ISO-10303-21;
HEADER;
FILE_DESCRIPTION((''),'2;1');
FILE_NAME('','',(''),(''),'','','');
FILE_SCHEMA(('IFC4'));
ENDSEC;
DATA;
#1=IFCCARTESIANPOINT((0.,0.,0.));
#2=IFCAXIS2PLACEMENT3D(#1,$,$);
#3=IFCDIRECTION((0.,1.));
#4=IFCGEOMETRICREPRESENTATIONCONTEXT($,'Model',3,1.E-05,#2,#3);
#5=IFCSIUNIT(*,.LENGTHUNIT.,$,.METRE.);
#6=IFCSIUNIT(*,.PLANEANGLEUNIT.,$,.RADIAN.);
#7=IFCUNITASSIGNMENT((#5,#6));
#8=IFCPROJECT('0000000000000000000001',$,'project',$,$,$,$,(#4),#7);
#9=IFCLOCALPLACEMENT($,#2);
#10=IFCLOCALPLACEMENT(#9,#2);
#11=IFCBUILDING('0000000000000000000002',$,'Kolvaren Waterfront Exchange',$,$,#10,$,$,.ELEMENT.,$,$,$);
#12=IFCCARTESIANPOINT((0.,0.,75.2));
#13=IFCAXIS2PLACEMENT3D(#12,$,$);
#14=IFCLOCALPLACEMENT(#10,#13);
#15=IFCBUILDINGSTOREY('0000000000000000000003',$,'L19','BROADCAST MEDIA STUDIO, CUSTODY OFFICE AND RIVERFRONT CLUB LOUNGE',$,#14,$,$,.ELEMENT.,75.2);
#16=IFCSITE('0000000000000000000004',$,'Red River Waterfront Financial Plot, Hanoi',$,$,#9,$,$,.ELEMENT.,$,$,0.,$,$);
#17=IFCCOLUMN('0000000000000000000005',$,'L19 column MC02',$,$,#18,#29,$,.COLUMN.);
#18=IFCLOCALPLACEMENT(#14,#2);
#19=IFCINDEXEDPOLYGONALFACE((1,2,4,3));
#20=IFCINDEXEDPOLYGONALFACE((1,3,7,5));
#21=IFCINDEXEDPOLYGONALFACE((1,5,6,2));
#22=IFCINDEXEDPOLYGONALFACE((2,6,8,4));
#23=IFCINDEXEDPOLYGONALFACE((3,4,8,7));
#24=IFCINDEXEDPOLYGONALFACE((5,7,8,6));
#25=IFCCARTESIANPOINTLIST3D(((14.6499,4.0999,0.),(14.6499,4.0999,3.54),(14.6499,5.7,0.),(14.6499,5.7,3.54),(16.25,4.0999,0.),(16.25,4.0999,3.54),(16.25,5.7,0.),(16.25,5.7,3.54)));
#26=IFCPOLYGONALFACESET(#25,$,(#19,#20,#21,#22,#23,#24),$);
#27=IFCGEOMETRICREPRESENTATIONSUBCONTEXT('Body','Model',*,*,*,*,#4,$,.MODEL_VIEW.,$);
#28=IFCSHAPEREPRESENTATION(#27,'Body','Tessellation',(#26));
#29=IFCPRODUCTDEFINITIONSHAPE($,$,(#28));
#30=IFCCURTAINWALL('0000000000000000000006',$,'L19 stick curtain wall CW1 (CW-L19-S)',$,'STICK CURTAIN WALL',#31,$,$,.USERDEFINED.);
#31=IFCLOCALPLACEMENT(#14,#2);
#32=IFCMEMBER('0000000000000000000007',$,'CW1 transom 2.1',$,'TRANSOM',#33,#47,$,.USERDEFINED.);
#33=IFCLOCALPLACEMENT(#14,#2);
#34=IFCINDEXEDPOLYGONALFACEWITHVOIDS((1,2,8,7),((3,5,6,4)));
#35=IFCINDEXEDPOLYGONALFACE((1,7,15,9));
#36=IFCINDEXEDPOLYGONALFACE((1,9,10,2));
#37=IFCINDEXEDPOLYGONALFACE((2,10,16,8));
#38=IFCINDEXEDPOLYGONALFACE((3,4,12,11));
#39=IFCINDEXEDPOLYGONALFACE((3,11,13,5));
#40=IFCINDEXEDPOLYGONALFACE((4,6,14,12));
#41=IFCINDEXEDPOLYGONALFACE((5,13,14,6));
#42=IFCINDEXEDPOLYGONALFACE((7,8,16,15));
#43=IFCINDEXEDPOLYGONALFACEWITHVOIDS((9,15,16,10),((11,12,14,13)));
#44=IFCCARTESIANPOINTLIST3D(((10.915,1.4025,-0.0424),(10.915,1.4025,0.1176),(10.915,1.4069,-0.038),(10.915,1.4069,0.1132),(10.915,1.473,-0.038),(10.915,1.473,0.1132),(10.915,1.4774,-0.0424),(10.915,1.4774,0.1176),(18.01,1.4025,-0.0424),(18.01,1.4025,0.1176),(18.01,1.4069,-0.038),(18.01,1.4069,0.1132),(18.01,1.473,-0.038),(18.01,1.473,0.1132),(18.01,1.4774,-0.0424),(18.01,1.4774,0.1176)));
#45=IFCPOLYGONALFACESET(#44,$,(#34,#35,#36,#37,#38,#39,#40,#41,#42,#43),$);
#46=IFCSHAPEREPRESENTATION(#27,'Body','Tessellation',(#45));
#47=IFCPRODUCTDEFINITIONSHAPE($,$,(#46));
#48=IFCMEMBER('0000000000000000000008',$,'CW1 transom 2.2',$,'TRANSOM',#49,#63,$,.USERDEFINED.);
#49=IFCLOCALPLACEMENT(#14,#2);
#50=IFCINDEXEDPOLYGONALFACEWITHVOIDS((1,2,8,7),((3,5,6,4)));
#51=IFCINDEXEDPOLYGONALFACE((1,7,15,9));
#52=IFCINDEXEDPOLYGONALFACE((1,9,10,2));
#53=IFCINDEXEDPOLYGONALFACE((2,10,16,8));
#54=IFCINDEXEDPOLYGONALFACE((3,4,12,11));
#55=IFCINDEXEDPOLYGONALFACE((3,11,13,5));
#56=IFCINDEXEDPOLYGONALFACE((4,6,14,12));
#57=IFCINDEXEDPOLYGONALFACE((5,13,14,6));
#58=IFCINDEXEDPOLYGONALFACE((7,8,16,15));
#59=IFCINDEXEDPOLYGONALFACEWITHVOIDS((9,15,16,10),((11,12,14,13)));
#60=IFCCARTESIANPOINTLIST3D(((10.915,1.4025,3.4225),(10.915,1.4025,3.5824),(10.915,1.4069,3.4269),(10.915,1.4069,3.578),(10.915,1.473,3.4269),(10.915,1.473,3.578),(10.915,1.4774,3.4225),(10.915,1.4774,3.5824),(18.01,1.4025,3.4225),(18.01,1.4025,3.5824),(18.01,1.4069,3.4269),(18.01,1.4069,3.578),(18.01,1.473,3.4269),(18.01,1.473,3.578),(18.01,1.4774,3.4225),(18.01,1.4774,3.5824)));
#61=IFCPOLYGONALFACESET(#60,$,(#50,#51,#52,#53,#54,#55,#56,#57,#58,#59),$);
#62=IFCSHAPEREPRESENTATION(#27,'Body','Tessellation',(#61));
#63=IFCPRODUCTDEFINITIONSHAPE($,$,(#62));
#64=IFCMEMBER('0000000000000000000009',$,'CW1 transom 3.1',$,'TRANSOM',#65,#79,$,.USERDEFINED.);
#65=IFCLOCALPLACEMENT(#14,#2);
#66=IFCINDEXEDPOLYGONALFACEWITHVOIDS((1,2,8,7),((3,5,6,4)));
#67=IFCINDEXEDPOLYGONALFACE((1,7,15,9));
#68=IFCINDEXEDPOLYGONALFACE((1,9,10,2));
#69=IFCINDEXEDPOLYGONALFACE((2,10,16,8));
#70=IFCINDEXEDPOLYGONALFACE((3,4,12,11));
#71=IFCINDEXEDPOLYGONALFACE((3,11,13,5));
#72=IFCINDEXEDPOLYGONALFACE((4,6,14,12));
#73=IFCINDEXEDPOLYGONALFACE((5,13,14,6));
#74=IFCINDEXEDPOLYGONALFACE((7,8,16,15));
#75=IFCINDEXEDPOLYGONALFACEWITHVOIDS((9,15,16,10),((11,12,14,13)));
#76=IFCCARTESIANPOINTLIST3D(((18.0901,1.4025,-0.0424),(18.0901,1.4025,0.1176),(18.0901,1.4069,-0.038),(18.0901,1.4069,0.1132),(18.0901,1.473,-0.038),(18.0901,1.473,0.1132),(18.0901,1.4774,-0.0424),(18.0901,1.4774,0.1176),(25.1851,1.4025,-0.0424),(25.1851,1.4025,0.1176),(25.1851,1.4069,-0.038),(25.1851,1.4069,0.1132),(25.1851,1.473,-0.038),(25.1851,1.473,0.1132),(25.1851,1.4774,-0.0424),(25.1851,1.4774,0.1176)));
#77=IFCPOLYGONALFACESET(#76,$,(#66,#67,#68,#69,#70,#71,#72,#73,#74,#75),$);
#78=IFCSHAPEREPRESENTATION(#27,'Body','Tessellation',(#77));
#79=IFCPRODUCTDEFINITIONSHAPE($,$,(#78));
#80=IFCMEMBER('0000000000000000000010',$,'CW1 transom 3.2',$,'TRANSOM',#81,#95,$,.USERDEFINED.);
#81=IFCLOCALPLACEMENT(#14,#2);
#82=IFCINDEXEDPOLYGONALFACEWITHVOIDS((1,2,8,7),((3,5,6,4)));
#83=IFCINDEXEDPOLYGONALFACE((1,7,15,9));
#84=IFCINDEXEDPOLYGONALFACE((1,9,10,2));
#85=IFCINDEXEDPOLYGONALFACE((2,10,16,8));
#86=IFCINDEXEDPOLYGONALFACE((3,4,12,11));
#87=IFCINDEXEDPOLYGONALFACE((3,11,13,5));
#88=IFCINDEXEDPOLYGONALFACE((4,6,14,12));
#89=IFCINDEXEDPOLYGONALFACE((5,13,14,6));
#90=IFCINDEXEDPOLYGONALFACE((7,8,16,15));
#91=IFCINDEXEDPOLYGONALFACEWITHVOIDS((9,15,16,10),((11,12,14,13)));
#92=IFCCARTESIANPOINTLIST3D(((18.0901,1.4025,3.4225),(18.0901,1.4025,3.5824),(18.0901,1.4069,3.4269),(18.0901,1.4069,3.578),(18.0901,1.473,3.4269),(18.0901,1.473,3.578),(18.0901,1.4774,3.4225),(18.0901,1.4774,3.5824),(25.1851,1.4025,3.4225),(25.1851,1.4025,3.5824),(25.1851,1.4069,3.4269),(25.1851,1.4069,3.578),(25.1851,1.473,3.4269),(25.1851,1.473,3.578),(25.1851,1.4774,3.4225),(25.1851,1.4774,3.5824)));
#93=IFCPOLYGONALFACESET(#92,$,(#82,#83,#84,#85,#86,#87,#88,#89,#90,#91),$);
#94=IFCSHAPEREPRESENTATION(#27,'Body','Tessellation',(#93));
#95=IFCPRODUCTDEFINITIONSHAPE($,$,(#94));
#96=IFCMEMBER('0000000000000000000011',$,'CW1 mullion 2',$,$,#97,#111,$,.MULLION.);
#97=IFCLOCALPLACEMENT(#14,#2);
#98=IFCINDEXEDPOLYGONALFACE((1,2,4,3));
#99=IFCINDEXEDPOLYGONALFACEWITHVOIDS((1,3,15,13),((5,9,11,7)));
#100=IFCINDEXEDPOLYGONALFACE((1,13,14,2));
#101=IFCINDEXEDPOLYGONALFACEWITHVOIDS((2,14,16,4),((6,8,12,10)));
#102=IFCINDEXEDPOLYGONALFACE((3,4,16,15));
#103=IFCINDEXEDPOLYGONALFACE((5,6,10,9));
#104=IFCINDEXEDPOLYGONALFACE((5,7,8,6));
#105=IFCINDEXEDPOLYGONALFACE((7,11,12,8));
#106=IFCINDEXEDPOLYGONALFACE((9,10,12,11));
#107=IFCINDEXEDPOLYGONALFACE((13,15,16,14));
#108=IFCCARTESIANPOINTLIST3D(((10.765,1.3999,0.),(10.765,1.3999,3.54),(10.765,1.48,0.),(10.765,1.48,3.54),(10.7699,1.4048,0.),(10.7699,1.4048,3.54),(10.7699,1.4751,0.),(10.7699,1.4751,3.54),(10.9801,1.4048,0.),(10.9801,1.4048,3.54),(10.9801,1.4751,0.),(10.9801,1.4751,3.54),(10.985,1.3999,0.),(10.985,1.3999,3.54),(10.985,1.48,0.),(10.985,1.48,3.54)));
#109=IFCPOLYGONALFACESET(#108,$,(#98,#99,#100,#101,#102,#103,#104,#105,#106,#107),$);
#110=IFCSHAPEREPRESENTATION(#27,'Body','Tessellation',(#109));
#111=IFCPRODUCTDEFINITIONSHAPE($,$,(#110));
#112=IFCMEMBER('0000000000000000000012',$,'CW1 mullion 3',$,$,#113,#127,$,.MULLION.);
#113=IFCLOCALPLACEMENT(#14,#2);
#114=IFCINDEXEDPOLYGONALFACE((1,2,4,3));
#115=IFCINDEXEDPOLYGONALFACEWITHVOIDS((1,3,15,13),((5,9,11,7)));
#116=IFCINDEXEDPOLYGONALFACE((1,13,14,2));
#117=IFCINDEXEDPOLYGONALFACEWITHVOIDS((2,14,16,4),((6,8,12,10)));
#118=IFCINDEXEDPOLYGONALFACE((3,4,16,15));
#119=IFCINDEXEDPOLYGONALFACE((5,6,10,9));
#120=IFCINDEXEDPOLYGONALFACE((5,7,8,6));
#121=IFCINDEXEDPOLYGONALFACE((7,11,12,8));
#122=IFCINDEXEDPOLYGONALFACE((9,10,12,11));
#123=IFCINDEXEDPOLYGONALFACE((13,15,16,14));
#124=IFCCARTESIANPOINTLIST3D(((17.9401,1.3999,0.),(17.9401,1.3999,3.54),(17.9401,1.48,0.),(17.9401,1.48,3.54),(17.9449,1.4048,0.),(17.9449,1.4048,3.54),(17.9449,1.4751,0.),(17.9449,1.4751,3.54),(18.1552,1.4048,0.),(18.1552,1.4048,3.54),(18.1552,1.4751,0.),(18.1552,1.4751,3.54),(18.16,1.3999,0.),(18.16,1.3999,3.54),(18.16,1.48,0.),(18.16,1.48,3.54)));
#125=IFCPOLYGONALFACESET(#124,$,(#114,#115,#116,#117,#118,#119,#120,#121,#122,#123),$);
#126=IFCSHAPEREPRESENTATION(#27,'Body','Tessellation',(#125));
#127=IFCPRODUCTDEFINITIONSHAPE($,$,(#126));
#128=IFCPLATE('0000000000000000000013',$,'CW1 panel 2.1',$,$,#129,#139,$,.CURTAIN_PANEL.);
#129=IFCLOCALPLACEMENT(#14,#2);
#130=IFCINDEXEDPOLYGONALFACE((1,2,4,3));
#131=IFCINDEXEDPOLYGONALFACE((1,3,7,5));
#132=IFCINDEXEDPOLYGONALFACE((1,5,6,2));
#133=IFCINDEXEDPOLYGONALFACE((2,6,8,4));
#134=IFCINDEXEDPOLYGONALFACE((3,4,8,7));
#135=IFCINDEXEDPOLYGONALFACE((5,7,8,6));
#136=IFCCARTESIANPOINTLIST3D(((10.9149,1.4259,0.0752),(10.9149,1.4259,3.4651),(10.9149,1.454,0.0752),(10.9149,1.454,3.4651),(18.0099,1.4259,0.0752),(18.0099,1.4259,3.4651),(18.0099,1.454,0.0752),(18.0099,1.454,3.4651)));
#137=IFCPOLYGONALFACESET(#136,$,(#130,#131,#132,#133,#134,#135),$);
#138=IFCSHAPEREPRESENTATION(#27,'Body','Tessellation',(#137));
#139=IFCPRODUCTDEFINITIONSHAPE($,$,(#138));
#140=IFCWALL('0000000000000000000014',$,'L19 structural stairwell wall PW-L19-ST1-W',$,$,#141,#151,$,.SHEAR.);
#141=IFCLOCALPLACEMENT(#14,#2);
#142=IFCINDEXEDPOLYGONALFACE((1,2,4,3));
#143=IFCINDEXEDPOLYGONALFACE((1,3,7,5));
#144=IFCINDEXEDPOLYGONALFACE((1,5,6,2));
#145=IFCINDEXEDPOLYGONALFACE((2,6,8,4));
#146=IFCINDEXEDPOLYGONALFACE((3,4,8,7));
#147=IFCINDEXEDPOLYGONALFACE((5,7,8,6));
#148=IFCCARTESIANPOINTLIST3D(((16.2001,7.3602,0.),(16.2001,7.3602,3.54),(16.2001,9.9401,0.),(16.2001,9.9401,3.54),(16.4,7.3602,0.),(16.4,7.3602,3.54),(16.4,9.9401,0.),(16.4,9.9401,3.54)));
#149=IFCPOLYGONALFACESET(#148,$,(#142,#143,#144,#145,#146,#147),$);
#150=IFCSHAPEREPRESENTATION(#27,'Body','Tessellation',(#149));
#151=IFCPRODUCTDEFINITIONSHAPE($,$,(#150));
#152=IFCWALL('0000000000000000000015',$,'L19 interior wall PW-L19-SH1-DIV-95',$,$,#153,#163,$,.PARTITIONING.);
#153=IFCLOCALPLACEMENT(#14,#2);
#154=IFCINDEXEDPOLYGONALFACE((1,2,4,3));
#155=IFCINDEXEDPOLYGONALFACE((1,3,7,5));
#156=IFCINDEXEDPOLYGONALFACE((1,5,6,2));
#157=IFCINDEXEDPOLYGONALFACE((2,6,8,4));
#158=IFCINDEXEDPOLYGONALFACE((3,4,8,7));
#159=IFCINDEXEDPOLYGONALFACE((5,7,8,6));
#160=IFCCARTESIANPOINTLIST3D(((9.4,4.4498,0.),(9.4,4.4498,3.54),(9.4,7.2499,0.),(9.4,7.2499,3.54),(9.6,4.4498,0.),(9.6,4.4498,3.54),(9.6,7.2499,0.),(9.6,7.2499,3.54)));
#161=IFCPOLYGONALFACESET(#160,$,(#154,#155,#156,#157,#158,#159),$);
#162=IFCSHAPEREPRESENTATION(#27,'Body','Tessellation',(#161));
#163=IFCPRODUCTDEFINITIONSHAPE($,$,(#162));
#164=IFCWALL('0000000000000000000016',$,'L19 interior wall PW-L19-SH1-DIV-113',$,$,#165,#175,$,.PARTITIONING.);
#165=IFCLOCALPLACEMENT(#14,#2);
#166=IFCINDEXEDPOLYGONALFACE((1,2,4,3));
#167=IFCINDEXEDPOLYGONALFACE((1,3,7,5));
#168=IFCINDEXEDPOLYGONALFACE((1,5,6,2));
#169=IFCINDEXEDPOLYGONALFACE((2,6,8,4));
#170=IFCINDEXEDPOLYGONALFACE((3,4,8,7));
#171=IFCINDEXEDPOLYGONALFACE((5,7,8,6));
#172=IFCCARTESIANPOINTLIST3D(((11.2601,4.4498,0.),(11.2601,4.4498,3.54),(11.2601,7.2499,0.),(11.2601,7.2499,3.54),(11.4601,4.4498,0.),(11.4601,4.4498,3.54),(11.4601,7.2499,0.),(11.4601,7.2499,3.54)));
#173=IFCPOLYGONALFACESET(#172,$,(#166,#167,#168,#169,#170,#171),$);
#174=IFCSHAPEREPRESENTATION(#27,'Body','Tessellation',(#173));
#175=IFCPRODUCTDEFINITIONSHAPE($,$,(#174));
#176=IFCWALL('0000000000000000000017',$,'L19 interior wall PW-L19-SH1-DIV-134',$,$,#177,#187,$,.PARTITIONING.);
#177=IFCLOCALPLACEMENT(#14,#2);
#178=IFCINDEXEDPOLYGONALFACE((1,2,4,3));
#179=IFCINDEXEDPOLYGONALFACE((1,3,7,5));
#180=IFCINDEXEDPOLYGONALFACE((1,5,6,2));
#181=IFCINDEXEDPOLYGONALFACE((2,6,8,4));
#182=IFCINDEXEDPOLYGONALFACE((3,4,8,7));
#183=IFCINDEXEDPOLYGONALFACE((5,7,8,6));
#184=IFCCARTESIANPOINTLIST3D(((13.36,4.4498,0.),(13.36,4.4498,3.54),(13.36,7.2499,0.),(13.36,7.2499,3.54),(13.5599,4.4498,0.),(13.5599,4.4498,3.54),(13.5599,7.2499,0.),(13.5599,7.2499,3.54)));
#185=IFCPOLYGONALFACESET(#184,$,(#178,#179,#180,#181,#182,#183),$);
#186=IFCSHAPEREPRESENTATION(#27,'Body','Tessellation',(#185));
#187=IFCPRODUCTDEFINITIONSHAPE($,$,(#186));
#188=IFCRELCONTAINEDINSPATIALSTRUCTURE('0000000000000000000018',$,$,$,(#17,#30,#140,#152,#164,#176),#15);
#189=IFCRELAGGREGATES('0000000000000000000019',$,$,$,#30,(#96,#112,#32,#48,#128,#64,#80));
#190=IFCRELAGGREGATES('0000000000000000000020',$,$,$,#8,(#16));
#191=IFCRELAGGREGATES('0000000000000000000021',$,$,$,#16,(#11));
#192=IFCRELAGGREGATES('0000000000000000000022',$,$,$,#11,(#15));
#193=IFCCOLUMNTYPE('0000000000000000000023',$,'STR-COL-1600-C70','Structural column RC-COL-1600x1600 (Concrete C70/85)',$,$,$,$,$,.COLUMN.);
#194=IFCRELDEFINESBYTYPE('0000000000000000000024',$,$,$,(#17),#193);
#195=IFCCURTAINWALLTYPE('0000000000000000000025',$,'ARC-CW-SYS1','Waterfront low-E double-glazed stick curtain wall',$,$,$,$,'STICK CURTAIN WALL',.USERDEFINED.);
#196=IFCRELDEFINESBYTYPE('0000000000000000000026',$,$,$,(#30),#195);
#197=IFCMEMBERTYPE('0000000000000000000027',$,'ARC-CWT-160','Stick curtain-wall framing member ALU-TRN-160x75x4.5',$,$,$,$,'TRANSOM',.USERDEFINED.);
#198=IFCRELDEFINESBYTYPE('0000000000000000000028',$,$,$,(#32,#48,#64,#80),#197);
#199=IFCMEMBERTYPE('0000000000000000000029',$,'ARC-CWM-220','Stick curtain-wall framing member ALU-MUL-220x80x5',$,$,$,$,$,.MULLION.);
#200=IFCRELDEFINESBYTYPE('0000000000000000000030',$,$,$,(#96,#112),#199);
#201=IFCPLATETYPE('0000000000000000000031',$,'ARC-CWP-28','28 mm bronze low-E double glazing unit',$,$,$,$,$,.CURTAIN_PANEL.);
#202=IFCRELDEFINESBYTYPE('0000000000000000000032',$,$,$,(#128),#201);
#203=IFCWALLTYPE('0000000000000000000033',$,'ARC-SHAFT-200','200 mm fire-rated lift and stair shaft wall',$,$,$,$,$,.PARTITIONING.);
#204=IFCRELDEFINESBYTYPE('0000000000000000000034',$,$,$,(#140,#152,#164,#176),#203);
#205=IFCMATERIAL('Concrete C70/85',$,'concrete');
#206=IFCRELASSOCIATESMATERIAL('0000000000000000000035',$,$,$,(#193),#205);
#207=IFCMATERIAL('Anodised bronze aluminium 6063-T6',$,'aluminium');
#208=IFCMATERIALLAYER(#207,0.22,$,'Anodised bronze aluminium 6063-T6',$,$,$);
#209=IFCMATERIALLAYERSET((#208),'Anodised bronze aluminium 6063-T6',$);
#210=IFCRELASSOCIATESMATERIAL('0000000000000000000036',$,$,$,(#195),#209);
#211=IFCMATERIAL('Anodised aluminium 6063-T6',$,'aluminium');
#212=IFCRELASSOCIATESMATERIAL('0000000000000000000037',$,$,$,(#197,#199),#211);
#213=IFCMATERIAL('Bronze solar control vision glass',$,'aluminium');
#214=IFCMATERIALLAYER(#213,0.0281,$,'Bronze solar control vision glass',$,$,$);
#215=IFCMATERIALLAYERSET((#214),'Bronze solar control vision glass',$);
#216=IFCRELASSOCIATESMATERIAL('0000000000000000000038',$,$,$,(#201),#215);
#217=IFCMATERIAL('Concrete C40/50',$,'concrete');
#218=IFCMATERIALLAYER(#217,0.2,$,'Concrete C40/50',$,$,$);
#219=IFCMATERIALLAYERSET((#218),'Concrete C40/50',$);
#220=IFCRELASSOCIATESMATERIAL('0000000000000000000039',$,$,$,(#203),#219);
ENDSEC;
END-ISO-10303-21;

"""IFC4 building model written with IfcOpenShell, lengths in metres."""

from ifc_helpers import new_model, si_unit, direction, frame, frame_2d, origin, origin_with_axes, origin_2d, place, context, subcontext, project, spatial, rectangle, hollow_rectangle, extrude, source, transform, mapped, material, layer, layer_set, material_profile, profile_set, type_object, element, aggregate, save


model = new_model("IFC4")

# Units and contexts
model_context = context("Model", 3, precision=1e-05, world=origin(), true_north=direction((0.0, 1.0)))
body_context = subcontext(model_context, "Body", "Model", "MODEL_VIEW")
ifc_project = project(units=[si_unit("LENGTHUNIT", "METRE"), si_unit("PLANEANGLEUNIT", "RADIAN")], contexts=[model_context])

# Site, building, storey
site_placement = place(None, origin())
site = spatial("IfcSite", under=ifc_project, at=site_placement, Name="Red River Waterfront Financial Plot, Hanoi", CompositionType="ELEMENT", RefElevation=0.0)
building_placement = place(site_placement, origin())
building = spatial("IfcBuilding", under=site, at=building_placement, Name="Kolvaren Waterfront Exchange", CompositionType="ELEMENT")
storey_placement = place(building_placement, frame((0.0, 0.0, 75.2)))
storey = spatial("IfcBuildingStorey", under=building, at=storey_placement, Name="L19", Description="BROADCAST MEDIA STUDIO, CUSTODY OFFICE AND RIVERFRONT CLUB LOUNGE", CompositionType="ELEMENT", Elevation=75.2)

# Column
ifc_material_1 = material(Name="Concrete C70/85", Category="concrete")
ifc_material_profile_1 = material_profile(ifc_material_1, rectangle(XDim=1.6001, YDim=1.6001, at=origin_2d()), Name="RC-COL-1600x1600")
ifc_profile_set_1 = profile_set([ifc_material_profile_1], Name="Concrete C70/85")
column_type = type_object("IfcColumnType", Name="STR-COL-1600-C70", Description="Structural column RC-COL-1600x1600 (Concrete C70/85)", PredefinedType="COLUMN", material=ifc_profile_set_1)
column_placement = place(storey_placement, frame((15.45, 4.8999, 0.0), z_axis=(0.0, 0.0, 1.0), x_axis=(1.0, 0.0, 0.0)))
element("IfcColumn", 1, at=column_placement, inside=storey, type_object=column_type, Name="L19 column MC02", PredefinedType="COLUMN", context=body_context, shape_type="SweptSolid", body=[
    extrude(rectangle(XDim=1.6001, YDim=1.6001, at=origin_2d()), origin(), (0.0, 0.0, 1.0), 3.54),
])

# Curtain wall, members, plate
ifc_material_2 = material(Name="Anodised bronze aluminium 6063-T6", Category="aluminium")
ifc_layer_1 = layer(ifc_material_2, 0.22, Name="Anodised bronze aluminium 6063-T6")
ifc_layer_set_1 = layer_set([ifc_layer_1], Name="Anodised bronze aluminium 6063-T6")
curtain_wall_type = type_object("IfcCurtainWallType", Name="ARC-CW-SYS1", Description="Waterfront low-E double-glazed stick curtain wall", ElementType="STICK CURTAIN WALL", PredefinedType="USERDEFINED", material=ifc_layer_set_1)
curtain_wall_placement = place(storey_placement, origin())
curtain_wall = element("IfcCurtainWall", 2, at=curtain_wall_placement, inside=storey, type_object=curtain_wall_type, Name="L19 stick curtain wall CW1 (CW-L19-S)", ObjectType="STICK CURTAIN WALL", PredefinedType="USERDEFINED")
ifc_material_3 = material(Name="Anodised aluminium 6063-T6", Category="aluminium")
ifc_material_profile_2 = material_profile(ifc_material_3, hollow_rectangle(XDim=0.075, YDim=0.1599, WallThickness=0.0044, at=origin_2d()), Name="ALU-TRN-160x75x4.5")
ifc_profile_set_2 = profile_set([ifc_material_profile_2], Name="Anodised aluminium 6063-T6")
member_type_1 = type_object("IfcMemberType", Name="ARC-CWT-160", Description="Stick curtain-wall framing member ALU-TRN-160x75x4.5", ElementType="TRANSOM", PredefinedType="USERDEFINED", material=ifc_profile_set_2)
shared_shape_1 = source(origin_with_axes(), body_context, "Body", "SweptSolid", [
    extrude(hollow_rectangle(XDim=0.075, YDim=0.1599, WallThickness=0.0044, at=origin_2d()), origin(), (0.0, 0.0, 1.0), 7.095),
])
member_1_placement = place(storey_placement, frame((10.915, 1.4399, 0.0376), z_axis=(1.0, 0.0, 0.0), x_axis=(0.0, 1.0, 0.0)))
member_1 = element("IfcMember", 3, at=member_1_placement, type_object=member_type_1, Name="CW1 transom 2.1", ObjectType="TRANSOM", PredefinedType="USERDEFINED", context=body_context, shape_type="MappedRepresentation", body=[
    mapped(shared_shape_1, transform((0.0, 0.0, 0.0), x_axis=(1.0, 0.0, 0.0), y_axis=(0.0, 1.0, 0.0), z_axis=(0.0, 0.0, 1.0), scale=1.0)),
])
member_2_placement = place(storey_placement, frame((10.915, 1.4399, 3.5024), z_axis=(1.0, 0.0, 0.0), x_axis=(0.0, 1.0, 0.0)))
member_2 = element("IfcMember", 4, at=member_2_placement, type_object=member_type_1, Name="CW1 transom 2.2", ObjectType="TRANSOM", PredefinedType="USERDEFINED", context=body_context, shape_type="MappedRepresentation", body=[
    mapped(shared_shape_1, transform((0.0, 0.0, 0.0), x_axis=(1.0, 0.0, 0.0), y_axis=(0.0, 1.0, 0.0), z_axis=(0.0, 0.0, 1.0), scale=1.0)),
])
member_3_placement = place(storey_placement, frame((18.0901, 1.4399, 0.0376), z_axis=(1.0, 0.0, 0.0), x_axis=(0.0, 1.0, 0.0)))
member_3 = element("IfcMember", 5, at=member_3_placement, type_object=member_type_1, Name="CW1 transom 3.1", ObjectType="TRANSOM", PredefinedType="USERDEFINED", context=body_context, shape_type="MappedRepresentation", body=[
    mapped(shared_shape_1, transform((0.0, 0.0, 0.0), x_axis=(1.0, 0.0, 0.0), y_axis=(0.0, 1.0, 0.0), z_axis=(0.0, 0.0, 1.0), scale=1.0)),
])
member_4_placement = place(storey_placement, frame((18.0901, 1.4399, 3.5024), z_axis=(1.0, 0.0, 0.0), x_axis=(0.0, 1.0, 0.0)))
member_4 = element("IfcMember", 6, at=member_4_placement, type_object=member_type_1, Name="CW1 transom 3.2", ObjectType="TRANSOM", PredefinedType="USERDEFINED", context=body_context, shape_type="MappedRepresentation", body=[
    mapped(shared_shape_1, transform((0.0, 0.0, 0.0), x_axis=(1.0, 0.0, 0.0), y_axis=(0.0, 1.0, 0.0), z_axis=(0.0, 0.0, 1.0), scale=1.0)),
])
ifc_material_profile_3 = material_profile(ifc_material_3, hollow_rectangle(XDim=0.0801, YDim=0.22, WallThickness=0.0049, at=origin_2d()), Name="ALU-MUL-220x80x5")
ifc_profile_set_3 = profile_set([ifc_material_profile_3], Name="Anodised aluminium 6063-T6")
member_type_2 = type_object("IfcMemberType", Name="ARC-CWM-220", Description="Stick curtain-wall framing member ALU-MUL-220x80x5", PredefinedType="MULLION", material=ifc_profile_set_3)
shared_shape_2 = source(origin_with_axes(), body_context, "Body", "SweptSolid", [
    extrude(hollow_rectangle(XDim=0.0801, YDim=0.22, WallThickness=0.0049, at=origin_2d()), origin(), (0.0, 0.0, 1.0), 3.54),
])
member_5_placement = place(storey_placement, frame((10.875, 1.4399, 0.0), z_axis=(0.0, 0.0, 1.0), x_axis=(0.0, 1.0, 0.0)))
member_5 = element("IfcMember", 7, at=member_5_placement, type_object=member_type_2, Name="CW1 mullion 2", PredefinedType="MULLION", context=body_context, shape_type="MappedRepresentation", body=[
    mapped(shared_shape_2, transform((0.0, 0.0, 0.0), x_axis=(1.0, 0.0, 0.0), y_axis=(0.0, 1.0, 0.0), z_axis=(0.0, 0.0, 1.0), scale=1.0)),
])
member_6_placement = place(storey_placement, frame((18.05, 1.4399, 0.0), z_axis=(0.0, 0.0, 1.0), x_axis=(0.0, 1.0, 0.0)))
member_6 = element("IfcMember", 8, at=member_6_placement, type_object=member_type_2, Name="CW1 mullion 3", PredefinedType="MULLION", context=body_context, shape_type="MappedRepresentation", body=[
    mapped(shared_shape_2, transform((0.0, 0.0, 0.0), x_axis=(1.0, 0.0, 0.0), y_axis=(0.0, 1.0, 0.0), z_axis=(0.0, 0.0, 1.0), scale=1.0)),
])
ifc_material_4 = material(Name="Bronze solar control vision glass", Category="aluminium")
ifc_layer_2 = layer(ifc_material_4, 0.0281, Name="Bronze solar control vision glass")
ifc_layer_set_2 = layer_set([ifc_layer_2], Name="Bronze solar control vision glass")
plate_type = type_object("IfcPlateType", Name="ARC-CWP-28", Description="28 mm bronze low-E double glazing unit", PredefinedType="CURTAIN_PANEL", material=ifc_layer_set_2)
shared_shape_3 = source(origin_with_axes(), body_context, "Body", "SweptSolid", [
    extrude(rectangle(XDim=7.095, YDim=0.0281, at=origin_2d()), origin(), (0.0, 0.0, 1.0), 3.3899),
])
plate_placement = place(storey_placement, frame((14.4624, 1.4399, 0.0752), z_axis=(0.0, 0.0, 1.0), x_axis=(1.0, 0.0, 0.0)))
plate = element("IfcPlate", 9, at=plate_placement, type_object=plate_type, Name="CW1 panel 2.1", PredefinedType="CURTAIN_PANEL", context=body_context, shape_type="MappedRepresentation", body=[
    mapped(shared_shape_3, transform((0.0, 0.0, 0.0), x_axis=(1.0, 0.0, 0.0), y_axis=(0.0, 1.0, 0.0), z_axis=(0.0, 0.0, 1.0), scale=1.0)),
])
aggregate(curtain_wall, [member_5, member_6, member_1, member_2, plate, member_3, member_4])

# Walls
ifc_material_5 = material(Name="Concrete C40/50", Category="concrete")
ifc_layer_3 = layer(ifc_material_5, 0.2, Name="Concrete C40/50")
ifc_layer_set_3 = layer_set([ifc_layer_3], Name="Concrete C40/50")
wall_type_1 = type_object("IfcWallType", Name="ARC-SHAFT-200", Description="200 mm fire-rated lift and stair shaft wall", PredefinedType="PARTITIONING", material=ifc_layer_set_3)
wall_1_placement = place(storey_placement, frame((16.3, 7.3601, 0.0), z_axis=(0.0, 0.0, 1.0), x_axis=(0.0, 1.0, 0.0)))
element("IfcWall", 10, at=wall_1_placement, inside=storey, type_object=wall_type_1, Name="L19 structural stairwell wall PW-L19-ST1-W", PredefinedType="SHEAR", context=body_context, shape_type="SweptSolid", body=[
    extrude(rectangle(XDim=2.5798, YDim=0.2, at=frame_2d((1.29, 0.0))), origin(), (0.0, 0.0, 1.0), 3.54),
])
for number, where, z_axis, x_axis, name in (
    (11, (9.5, 4.45, 0.0), (0.0, 0.0, 1.0), (0.0, 1.0, 0.0), "L19 interior wall PW-L19-SH1-DIV-95"),
    (12, (11.3601, 4.45, 0.0), (0.0, 0.0, 1.0), (0.0, 1.0, 0.0), "L19 interior wall PW-L19-SH1-DIV-113"),
    (13, (13.46, 4.45, 0.0), (0.0, 0.0, 1.0), (0.0, 1.0, 0.0), "L19 interior wall PW-L19-SH1-DIV-134"),
):
    element("IfcWall", number, at=place(storey_placement, frame(where, z_axis=z_axis, x_axis=x_axis)), inside=storey, type_object=wall_type_1, Name=name, PredefinedType="PARTITIONING", context=body_context, shape_type="SweptSolid", body=[
        extrude(rectangle(XDim=2.8, YDim=0.2, at=frame_2d((1.3999, 0.0))), origin(), (0.0, 0.0, 1.0), 3.54),
    ])

save(model, "model.ifc")
